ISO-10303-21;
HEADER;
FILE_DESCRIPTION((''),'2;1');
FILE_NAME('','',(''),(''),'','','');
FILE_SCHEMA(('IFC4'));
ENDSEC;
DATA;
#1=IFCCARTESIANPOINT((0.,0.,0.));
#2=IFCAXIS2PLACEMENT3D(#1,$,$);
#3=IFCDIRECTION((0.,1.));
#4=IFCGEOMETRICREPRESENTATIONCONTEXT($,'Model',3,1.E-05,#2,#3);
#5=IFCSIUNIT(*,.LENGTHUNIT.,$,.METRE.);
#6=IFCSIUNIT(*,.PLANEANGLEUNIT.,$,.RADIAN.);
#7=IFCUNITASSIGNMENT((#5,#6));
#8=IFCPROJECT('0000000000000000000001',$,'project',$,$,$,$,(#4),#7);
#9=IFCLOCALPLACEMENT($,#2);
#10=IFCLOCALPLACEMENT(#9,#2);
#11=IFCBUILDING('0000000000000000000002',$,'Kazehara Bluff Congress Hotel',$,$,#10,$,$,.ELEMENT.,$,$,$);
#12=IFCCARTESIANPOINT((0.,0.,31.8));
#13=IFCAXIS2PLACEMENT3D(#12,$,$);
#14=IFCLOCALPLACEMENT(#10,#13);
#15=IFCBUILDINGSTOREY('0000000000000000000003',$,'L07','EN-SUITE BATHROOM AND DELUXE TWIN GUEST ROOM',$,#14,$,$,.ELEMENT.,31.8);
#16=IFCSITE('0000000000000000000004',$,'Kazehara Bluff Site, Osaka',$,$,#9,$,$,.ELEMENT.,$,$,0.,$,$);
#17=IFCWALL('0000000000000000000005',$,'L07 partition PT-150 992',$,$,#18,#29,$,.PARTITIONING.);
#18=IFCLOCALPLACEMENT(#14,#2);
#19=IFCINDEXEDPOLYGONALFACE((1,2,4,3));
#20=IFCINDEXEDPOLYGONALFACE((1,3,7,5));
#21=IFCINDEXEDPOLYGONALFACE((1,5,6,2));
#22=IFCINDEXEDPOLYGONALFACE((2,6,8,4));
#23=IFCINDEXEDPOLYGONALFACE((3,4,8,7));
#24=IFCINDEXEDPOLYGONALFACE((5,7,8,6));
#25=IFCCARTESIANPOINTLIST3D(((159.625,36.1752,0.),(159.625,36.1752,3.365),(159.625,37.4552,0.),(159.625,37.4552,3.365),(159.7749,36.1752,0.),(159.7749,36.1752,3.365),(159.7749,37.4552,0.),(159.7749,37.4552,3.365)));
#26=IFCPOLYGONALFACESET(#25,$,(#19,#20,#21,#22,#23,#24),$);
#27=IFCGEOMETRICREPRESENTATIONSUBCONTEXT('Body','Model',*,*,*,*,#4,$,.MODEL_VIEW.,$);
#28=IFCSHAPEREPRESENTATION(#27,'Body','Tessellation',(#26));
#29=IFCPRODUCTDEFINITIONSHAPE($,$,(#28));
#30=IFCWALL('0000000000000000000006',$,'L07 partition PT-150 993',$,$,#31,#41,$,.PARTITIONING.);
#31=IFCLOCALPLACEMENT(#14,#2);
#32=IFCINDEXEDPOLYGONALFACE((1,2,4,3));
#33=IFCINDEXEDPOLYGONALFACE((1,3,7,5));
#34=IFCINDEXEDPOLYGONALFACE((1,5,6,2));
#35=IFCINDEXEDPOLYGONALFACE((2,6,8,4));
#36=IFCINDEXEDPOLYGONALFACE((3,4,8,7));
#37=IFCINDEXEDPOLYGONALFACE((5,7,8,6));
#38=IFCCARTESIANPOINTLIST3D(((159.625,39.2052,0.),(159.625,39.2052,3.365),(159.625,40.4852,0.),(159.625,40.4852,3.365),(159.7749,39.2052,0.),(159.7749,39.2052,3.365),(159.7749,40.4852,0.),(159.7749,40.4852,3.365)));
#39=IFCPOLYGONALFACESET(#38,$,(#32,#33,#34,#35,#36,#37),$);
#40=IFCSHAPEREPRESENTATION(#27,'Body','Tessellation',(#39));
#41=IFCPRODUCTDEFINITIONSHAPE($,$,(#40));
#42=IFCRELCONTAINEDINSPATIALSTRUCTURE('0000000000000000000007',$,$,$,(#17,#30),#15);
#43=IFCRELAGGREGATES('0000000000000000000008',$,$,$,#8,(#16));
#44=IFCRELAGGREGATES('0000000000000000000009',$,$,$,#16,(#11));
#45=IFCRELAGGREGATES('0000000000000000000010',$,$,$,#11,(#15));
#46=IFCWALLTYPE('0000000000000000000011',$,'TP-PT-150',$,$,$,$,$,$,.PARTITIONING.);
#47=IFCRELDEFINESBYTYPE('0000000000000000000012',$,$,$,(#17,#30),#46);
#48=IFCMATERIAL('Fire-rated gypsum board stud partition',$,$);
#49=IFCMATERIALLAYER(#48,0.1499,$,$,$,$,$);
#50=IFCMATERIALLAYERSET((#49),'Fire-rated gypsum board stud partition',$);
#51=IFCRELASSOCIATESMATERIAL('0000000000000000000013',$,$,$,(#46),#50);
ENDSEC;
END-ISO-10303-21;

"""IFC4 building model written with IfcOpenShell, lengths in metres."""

from ifc_helpers import new_model, si_unit, direction, frame, frame_2d, origin, place, context, subcontext, project, spatial, rectangle, extrude, material, layer, layer_set, type_object, element, save


model = new_model("IFC4")

# Units and contexts
model_context = context("Model", 3, precision=1e-05, world=origin(), true_north=direction((0.0, 1.0)))
body_context = subcontext(model_context, "Body", "Model", "MODEL_VIEW")
ifc_project = project(units=[si_unit("LENGTHUNIT", "METRE"), si_unit("PLANEANGLEUNIT", "RADIAN")], contexts=[model_context])

# Site, building, storey
site_placement = place(None, origin())
site = spatial("IfcSite", under=ifc_project, at=site_placement, Name="Kazehara Bluff Site, Osaka", CompositionType="ELEMENT", RefElevation=0.0)
building_placement = place(site_placement, origin())
building = spatial("IfcBuilding", under=site, at=building_placement, Name="Kazehara Bluff Congress Hotel", CompositionType="ELEMENT")
storey_placement = place(building_placement, frame((0.0, 0.0, 31.8)))
storey = spatial("IfcBuildingStorey", under=building, at=storey_placement, Name="L07", Description="EN-SUITE BATHROOM AND DELUXE TWIN GUEST ROOM", CompositionType="ELEMENT", Elevation=31.8)

# Shared definitions
ifc_material_1 = material(Name="Fire-rated gypsum board stud partition")
ifc_layer_1 = layer(ifc_material_1, 0.1499)
ifc_layer_set_1 = layer_set([ifc_layer_1], Name="Fire-rated gypsum board stud partition")
wall_type_1 = type_object("IfcWallType", Name="TP-PT-150", PredefinedType="PARTITIONING", material=ifc_layer_set_1)

# Walls
for number, where, z_axis, x_axis, name in (
    (1, (159.7, 36.175, 0.0), (0.0, 0.0, 1.0), (0.0, 1.0, 0.0), "L07 partition PT-150 992"),
    (2, (159.7, 39.2051, 0.0), (0.0, 0.0, 1.0), (0.0, 1.0, 0.0), "L07 partition PT-150 993"),
):
    element("IfcWall", number, at=place(storey_placement, frame(where, z_axis=z_axis, x_axis=x_axis)), inside=storey, type_object=wall_type_1, Name=name, PredefinedType="PARTITIONING", context=body_context, shape_type="SweptSolid", body=[
        extrude(rectangle(XDim=1.28, YDim=0.1499, at=frame_2d((0.6401, 0.0))), origin(), (0.0, 0.0, 1.0), 3.365),
    ])

save(model, "model.ifc")
